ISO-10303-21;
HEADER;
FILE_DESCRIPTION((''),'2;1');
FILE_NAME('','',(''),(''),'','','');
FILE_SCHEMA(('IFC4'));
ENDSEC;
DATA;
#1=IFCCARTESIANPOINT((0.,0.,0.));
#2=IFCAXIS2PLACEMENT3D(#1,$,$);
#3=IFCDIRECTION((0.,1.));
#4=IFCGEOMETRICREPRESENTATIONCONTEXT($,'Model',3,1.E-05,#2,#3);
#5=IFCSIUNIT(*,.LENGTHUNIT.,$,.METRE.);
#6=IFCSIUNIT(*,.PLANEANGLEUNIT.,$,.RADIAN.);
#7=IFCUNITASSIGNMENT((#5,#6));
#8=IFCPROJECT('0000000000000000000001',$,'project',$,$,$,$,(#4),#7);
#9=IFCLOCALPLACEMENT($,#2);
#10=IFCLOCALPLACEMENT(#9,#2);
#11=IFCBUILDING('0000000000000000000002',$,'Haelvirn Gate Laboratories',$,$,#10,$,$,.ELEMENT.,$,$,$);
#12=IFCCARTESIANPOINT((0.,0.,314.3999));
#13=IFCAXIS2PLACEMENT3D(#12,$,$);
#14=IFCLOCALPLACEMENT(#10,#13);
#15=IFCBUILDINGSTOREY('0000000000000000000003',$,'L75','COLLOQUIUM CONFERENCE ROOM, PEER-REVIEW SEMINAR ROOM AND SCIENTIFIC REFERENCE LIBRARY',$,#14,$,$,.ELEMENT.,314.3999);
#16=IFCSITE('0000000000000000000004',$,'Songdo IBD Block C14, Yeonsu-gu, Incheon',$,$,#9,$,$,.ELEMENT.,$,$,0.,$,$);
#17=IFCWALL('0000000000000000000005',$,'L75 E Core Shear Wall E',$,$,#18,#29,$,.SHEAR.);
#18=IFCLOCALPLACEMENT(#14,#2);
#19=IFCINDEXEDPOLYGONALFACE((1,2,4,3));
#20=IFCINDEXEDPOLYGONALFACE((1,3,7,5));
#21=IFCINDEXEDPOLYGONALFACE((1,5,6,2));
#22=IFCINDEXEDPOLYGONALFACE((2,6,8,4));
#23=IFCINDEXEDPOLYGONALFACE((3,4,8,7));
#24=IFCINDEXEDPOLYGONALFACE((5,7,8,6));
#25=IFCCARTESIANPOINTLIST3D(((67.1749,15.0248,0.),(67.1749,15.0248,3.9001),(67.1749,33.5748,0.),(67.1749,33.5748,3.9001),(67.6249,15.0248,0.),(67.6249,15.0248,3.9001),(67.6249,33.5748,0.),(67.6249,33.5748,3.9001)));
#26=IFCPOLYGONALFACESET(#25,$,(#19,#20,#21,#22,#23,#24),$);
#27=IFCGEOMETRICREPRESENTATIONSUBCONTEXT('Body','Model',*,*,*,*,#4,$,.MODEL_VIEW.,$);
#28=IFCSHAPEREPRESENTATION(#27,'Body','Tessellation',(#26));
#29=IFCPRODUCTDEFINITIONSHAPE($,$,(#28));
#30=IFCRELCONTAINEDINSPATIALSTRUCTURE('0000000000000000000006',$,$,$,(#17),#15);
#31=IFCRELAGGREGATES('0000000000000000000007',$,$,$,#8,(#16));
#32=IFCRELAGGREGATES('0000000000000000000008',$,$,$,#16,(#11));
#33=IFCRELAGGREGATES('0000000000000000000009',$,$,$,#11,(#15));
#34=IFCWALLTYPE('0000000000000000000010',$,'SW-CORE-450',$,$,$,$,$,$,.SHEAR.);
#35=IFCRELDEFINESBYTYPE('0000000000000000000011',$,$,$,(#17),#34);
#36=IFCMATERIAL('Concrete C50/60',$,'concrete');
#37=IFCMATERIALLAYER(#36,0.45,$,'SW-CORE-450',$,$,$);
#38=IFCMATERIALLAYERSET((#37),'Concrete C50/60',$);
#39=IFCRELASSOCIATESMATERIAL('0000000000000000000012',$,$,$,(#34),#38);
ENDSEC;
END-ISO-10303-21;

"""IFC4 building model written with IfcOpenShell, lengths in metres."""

from ifc_helpers import new_model, si_unit, direction, frame, frame_2d, origin, place, context, subcontext, project, spatial, rectangle, extrude, material, layer, layer_set, type_object, element, save


model = new_model("IFC4")

# Units and contexts
model_context = context("Model", 3, precision=1e-05, world=origin(), true_north=direction((0.0, 1.0)))
body_context = subcontext(model_context, "Body", "Model", "MODEL_VIEW")
ifc_project = project(units=[si_unit("LENGTHUNIT", "METRE"), si_unit("PLANEANGLEUNIT", "RADIAN")], contexts=[model_context])

# Site, building, storey
site_placement = place(None, origin())
site = spatial("IfcSite", under=ifc_project, at=site_placement, Name="Songdo IBD Block C14, Yeonsu-gu, Incheon", CompositionType="ELEMENT", RefElevation=0.0)
building_placement = place(site_placement, origin())
building = spatial("IfcBuilding", under=site, at=building_placement, Name="Haelvirn Gate Laboratories", CompositionType="ELEMENT")
storey_placement = place(building_placement, frame((0.0, 0.0, 314.3999)))
storey = spatial("IfcBuildingStorey", under=building, at=storey_placement, Name="L75", Description="COLLOQUIUM CONFERENCE ROOM, PEER-REVIEW SEMINAR ROOM AND SCIENTIFIC REFERENCE LIBRARY", CompositionType="ELEMENT", Elevation=314.3999)

# Shared definitions
ifc_material_1 = material(Name="Concrete C50/60", Category="concrete")

# Shared definitions
ifc_layer_1 = layer(ifc_material_1, 0.45, Name="SW-CORE-450")
ifc_layer_set_1 = layer_set([ifc_layer_1], Name="Concrete C50/60")
wall_type_1 = type_object("IfcWallType", Name="SW-CORE-450", PredefinedType="SHEAR", material=ifc_layer_set_1)

# Wall
wall_1_placement = place(storey_placement, frame((67.3999, 15.0249, 0.0), z_axis=(0.0, 0.0, 1.0), x_axis=(0.0, 1.0, 0.0)))
element("IfcWall", 1, at=wall_1_placement, inside=storey, type_object=wall_type_1, Name="L75 E Core Shear Wall E", PredefinedType="SHEAR", context=body_context, shape_type="SweptSolid", body=[
    extrude(rectangle(XDim=18.55, YDim=0.45, at=frame_2d((9.2749, 0.0))), origin(), (0.0, 0.0, 1.0), 3.9001),
])

save(model, "model.ifc")
